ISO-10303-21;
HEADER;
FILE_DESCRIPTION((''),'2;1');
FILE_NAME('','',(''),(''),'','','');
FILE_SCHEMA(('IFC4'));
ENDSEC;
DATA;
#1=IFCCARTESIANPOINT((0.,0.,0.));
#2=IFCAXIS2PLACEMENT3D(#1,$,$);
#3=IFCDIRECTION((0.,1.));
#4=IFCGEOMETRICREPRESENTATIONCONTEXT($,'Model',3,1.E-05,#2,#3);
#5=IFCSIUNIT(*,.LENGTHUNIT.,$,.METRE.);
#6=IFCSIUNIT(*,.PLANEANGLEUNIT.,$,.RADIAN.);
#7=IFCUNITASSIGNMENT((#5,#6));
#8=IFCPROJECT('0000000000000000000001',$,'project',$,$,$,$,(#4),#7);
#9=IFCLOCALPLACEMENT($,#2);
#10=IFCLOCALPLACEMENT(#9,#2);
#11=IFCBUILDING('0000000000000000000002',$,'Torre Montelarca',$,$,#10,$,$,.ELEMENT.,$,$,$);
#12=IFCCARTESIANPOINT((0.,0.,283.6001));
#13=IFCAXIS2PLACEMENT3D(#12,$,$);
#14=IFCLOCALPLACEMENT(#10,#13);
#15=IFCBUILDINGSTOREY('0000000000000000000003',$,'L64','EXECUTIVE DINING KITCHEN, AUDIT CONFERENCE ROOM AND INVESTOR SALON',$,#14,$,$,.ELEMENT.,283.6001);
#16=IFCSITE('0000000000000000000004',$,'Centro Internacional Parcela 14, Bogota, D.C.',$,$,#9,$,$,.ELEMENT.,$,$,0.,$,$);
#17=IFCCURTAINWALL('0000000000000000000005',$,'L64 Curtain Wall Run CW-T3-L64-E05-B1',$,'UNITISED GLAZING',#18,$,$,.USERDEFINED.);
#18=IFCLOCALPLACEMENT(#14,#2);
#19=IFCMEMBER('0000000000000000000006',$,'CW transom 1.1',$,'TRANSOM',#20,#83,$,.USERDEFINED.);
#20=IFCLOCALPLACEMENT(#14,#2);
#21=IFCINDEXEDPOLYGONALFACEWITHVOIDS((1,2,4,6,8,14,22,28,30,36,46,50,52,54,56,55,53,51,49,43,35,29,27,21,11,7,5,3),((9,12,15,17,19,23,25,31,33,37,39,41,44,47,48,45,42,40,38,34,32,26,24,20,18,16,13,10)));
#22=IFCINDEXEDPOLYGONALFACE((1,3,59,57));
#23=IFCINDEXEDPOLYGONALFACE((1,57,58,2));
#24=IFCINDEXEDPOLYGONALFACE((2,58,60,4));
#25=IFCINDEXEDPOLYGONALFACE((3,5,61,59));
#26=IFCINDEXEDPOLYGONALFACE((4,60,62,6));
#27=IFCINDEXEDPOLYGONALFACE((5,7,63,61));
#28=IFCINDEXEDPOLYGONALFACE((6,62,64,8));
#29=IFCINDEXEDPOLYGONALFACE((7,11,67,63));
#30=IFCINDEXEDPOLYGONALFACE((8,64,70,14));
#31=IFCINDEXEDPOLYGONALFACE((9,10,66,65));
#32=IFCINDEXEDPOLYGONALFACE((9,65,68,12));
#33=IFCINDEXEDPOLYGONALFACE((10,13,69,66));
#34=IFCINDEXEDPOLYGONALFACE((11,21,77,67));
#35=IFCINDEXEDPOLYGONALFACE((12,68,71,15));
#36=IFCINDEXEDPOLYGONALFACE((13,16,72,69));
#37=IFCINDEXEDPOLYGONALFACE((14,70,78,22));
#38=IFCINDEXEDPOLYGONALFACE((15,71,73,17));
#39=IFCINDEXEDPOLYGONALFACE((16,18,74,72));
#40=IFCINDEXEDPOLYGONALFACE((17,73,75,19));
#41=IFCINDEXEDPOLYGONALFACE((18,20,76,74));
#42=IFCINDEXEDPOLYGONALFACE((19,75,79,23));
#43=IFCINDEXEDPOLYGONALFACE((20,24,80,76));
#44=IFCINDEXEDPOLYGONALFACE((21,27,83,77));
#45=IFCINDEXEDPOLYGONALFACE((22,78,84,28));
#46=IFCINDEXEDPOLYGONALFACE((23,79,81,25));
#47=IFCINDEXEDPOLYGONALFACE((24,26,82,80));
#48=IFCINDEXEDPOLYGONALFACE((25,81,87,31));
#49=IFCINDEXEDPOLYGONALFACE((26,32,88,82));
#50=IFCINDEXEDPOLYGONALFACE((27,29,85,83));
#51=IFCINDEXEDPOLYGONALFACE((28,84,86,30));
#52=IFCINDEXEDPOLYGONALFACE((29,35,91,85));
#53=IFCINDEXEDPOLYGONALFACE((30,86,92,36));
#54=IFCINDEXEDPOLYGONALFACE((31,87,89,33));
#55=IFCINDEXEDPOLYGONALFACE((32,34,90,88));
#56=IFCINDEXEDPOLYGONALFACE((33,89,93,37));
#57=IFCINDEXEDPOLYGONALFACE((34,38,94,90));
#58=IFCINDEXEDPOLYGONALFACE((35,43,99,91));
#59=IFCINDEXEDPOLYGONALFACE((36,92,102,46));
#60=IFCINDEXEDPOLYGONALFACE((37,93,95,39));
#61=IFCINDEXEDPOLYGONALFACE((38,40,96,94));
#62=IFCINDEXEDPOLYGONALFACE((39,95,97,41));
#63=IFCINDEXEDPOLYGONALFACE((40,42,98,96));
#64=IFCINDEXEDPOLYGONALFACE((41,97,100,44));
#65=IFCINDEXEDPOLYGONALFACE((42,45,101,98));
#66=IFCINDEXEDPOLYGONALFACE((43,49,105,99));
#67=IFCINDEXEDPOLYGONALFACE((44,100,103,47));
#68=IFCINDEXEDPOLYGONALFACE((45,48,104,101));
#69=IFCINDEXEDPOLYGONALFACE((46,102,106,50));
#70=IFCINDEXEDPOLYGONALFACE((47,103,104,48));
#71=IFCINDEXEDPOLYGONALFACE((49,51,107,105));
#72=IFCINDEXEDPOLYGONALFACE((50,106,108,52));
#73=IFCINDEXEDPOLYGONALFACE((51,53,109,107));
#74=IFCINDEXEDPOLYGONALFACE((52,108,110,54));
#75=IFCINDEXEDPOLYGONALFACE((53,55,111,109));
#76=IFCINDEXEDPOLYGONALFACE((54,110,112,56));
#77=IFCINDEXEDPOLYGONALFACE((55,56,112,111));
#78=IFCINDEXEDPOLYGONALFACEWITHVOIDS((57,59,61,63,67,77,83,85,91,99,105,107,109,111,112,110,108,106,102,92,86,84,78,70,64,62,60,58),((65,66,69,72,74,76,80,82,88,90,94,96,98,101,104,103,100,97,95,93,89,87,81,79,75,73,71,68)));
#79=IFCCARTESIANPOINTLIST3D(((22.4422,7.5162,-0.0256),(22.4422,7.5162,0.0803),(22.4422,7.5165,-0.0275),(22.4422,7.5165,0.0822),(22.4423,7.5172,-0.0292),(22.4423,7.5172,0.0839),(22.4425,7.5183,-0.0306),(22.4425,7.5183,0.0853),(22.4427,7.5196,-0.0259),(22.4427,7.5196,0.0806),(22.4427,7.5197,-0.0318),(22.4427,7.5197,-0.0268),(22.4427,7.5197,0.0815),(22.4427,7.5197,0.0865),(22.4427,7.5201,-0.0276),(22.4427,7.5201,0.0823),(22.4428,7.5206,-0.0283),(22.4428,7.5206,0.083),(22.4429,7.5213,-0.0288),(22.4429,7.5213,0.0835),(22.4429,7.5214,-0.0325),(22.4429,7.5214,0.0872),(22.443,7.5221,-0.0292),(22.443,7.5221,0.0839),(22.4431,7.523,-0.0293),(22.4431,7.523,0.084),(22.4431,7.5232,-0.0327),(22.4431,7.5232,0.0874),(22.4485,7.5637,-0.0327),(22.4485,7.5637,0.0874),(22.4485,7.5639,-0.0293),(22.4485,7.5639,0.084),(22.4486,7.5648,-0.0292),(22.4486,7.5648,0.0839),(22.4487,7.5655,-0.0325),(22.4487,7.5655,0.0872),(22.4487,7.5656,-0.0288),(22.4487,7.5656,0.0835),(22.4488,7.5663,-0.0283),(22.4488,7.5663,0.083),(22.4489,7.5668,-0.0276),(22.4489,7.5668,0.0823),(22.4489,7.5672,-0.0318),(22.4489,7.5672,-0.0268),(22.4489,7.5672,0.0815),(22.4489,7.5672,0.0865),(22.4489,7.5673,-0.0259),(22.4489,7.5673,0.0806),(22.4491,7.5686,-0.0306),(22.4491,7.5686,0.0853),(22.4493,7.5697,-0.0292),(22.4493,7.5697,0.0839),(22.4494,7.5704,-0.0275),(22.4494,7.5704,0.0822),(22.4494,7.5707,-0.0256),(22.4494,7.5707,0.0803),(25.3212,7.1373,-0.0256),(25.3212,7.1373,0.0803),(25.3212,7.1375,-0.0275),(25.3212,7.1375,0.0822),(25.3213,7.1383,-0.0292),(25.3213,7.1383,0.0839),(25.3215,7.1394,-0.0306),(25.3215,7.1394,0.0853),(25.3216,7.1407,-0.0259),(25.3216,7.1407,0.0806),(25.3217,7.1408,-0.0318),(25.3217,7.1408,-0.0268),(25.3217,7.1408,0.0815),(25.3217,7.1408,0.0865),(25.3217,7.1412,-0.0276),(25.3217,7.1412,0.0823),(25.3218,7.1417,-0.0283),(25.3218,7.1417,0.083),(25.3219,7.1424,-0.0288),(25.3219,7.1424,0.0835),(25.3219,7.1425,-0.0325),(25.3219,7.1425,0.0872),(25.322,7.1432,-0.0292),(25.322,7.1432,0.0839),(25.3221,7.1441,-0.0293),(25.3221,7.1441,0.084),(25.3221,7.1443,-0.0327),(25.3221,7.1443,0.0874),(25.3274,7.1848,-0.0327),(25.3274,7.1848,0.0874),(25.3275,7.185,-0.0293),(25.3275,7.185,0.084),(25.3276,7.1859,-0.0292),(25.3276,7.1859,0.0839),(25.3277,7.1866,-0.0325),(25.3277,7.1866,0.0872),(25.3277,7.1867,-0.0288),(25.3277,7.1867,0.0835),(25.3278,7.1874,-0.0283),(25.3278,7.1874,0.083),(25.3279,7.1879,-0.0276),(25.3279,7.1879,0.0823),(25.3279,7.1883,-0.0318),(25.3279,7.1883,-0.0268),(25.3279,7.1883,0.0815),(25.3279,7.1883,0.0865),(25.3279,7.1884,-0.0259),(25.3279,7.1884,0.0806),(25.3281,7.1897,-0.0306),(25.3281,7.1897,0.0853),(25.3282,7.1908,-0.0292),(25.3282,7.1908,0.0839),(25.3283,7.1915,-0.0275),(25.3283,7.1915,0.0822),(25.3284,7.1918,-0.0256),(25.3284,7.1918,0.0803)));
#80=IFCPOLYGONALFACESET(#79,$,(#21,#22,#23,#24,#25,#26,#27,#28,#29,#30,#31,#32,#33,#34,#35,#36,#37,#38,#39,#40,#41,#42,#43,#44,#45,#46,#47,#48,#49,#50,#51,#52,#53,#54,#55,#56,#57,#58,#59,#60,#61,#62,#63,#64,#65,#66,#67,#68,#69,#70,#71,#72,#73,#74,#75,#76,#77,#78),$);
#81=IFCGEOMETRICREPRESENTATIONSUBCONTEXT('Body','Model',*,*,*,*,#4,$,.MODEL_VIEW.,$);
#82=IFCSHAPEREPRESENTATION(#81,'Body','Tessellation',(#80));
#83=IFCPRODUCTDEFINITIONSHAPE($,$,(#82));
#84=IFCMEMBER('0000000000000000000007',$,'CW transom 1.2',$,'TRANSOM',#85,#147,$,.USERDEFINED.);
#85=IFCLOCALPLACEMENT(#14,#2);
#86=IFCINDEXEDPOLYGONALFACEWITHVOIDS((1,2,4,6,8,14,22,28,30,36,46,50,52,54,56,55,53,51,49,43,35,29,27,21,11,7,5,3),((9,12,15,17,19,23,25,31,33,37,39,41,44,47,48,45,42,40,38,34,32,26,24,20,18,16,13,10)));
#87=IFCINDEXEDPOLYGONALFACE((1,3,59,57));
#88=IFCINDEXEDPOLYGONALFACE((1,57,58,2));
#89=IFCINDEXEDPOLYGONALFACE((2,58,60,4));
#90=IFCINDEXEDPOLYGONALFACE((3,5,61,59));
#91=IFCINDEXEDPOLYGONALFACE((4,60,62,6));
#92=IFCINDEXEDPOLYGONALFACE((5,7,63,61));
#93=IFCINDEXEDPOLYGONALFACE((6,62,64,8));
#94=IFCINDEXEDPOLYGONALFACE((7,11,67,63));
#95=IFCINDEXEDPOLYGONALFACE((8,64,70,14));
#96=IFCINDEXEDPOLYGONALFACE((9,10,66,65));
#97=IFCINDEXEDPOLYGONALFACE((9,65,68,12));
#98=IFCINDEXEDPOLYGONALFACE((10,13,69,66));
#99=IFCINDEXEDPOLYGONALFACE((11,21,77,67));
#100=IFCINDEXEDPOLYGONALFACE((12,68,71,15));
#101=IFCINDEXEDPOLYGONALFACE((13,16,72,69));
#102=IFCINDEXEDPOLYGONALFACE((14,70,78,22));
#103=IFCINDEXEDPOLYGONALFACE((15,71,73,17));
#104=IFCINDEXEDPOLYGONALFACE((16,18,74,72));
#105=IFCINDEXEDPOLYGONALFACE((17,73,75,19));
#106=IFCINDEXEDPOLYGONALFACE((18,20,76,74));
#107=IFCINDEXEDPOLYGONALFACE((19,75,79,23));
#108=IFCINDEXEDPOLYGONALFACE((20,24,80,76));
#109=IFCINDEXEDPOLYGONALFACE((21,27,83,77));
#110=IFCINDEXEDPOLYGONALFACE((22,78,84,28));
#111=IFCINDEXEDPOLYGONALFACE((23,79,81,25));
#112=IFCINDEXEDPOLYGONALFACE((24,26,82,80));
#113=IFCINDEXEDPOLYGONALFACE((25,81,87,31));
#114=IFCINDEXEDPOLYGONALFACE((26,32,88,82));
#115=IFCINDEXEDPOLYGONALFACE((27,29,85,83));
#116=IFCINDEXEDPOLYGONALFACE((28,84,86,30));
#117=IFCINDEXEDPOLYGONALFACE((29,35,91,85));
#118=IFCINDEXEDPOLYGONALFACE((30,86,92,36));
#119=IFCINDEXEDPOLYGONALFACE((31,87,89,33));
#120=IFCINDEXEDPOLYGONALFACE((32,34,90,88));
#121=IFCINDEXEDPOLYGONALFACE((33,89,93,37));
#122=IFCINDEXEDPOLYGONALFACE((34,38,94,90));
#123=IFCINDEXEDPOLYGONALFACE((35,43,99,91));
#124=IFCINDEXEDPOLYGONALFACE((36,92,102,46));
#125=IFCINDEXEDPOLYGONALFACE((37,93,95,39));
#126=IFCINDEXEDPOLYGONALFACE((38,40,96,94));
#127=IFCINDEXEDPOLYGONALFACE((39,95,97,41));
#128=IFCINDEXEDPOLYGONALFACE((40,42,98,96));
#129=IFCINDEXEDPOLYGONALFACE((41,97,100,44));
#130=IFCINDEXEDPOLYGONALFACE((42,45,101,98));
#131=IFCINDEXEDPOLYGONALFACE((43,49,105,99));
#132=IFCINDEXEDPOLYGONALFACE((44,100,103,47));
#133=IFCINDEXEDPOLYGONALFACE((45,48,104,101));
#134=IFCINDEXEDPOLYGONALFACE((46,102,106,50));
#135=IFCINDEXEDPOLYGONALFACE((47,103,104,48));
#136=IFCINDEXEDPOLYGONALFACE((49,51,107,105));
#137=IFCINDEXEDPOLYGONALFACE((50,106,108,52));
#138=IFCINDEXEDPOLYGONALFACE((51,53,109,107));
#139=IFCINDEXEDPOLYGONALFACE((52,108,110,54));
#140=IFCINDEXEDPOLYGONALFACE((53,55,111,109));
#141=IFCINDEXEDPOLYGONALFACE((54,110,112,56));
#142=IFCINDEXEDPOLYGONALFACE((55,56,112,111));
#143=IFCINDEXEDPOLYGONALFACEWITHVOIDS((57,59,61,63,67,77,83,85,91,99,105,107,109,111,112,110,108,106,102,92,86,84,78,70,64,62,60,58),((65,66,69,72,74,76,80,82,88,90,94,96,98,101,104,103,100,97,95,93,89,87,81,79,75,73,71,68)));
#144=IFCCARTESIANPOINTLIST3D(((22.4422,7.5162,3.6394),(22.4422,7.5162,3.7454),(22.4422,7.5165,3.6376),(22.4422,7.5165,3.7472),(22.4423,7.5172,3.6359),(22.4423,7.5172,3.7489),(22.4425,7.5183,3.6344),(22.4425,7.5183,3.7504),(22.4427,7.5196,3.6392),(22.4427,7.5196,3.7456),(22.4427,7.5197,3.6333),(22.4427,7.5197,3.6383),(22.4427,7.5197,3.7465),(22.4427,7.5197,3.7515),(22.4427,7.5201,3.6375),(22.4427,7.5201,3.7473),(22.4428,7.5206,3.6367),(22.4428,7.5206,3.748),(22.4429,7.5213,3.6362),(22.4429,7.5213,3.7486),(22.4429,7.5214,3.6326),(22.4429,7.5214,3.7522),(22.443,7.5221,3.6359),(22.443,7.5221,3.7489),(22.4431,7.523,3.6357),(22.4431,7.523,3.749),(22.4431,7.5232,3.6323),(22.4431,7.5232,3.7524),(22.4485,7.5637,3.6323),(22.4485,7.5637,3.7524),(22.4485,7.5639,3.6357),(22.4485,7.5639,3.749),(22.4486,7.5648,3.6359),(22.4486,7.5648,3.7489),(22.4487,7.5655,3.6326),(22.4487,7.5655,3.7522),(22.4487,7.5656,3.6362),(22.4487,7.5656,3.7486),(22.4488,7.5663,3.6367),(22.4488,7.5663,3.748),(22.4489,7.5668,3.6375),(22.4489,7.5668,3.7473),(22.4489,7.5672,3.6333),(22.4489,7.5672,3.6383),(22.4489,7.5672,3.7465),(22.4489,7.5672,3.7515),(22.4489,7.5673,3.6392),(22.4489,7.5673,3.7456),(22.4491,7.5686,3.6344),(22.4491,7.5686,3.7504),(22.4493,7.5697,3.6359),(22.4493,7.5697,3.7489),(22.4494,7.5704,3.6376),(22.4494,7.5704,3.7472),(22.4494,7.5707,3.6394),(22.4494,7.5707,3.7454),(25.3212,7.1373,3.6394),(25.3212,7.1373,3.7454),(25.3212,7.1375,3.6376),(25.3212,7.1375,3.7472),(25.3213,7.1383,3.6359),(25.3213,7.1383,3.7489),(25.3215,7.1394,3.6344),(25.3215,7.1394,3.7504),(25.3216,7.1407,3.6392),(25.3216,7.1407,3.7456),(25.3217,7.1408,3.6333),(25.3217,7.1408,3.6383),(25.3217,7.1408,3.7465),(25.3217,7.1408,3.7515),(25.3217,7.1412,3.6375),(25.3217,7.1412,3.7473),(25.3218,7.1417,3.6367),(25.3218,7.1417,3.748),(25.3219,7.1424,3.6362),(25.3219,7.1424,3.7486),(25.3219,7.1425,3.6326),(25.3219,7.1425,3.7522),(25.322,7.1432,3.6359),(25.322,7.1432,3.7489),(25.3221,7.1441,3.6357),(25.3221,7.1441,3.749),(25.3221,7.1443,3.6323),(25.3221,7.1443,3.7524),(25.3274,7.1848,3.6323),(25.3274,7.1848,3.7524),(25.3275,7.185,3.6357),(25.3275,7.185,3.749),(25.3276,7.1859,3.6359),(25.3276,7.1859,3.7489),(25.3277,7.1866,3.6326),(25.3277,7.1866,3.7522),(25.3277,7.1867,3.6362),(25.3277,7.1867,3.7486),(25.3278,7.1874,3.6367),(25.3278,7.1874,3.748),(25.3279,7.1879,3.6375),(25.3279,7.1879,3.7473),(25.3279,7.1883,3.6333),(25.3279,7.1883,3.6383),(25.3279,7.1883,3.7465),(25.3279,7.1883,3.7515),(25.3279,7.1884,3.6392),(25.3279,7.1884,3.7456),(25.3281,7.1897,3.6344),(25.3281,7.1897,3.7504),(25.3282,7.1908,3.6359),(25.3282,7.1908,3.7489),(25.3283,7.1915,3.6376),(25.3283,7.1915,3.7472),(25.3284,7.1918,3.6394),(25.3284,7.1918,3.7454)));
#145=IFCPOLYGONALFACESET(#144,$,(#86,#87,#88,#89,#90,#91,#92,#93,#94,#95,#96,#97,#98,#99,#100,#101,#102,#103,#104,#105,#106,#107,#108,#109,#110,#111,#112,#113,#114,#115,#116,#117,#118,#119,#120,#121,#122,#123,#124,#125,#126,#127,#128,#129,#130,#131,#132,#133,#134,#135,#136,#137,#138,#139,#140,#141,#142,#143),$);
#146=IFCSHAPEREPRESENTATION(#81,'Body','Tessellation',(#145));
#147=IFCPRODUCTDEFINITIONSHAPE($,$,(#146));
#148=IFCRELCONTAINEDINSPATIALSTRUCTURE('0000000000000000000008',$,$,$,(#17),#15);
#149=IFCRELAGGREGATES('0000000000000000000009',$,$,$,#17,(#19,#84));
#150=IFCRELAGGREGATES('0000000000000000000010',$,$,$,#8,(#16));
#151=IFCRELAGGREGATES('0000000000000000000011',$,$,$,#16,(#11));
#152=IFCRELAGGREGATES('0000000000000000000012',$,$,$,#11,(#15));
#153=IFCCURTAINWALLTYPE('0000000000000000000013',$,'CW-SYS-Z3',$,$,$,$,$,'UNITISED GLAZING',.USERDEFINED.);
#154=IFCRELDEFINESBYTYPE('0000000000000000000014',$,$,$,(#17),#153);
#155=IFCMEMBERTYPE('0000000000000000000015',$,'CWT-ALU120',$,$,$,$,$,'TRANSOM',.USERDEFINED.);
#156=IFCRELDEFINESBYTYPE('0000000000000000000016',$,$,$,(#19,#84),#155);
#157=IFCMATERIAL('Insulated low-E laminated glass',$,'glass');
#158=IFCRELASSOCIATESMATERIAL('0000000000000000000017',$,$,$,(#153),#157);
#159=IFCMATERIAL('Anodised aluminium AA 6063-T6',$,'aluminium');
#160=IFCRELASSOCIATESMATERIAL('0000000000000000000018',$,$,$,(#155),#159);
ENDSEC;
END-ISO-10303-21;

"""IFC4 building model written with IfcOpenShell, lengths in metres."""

from ifc_helpers import new_model, si_unit, direction, frame, origin, origin_2d, place, context, subcontext, project, spatial, hollow_rectangle, extrude, source, transform, mapped, material, material_profile, profile_set, type_object, element, aggregate, save


model = new_model("IFC4")

# Units and contexts
model_context = context("Model", 3, precision=1e-05, world=origin(), true_north=direction((0.0, 1.0)))
body_context = subcontext(model_context, "Body", "Model", "MODEL_VIEW")
ifc_project = project(units=[si_unit("LENGTHUNIT", "METRE"), si_unit("PLANEANGLEUNIT", "RADIAN")], contexts=[model_context])

# Site, building, storey
site_placement = place(None, origin())
site = spatial("IfcSite", under=ifc_project, at=site_placement, Name="Centro Internacional Parcela 14, Bogota, D.C.", CompositionType="ELEMENT", RefElevation=0.0)
building_placement = place(site_placement, origin())
building = spatial("IfcBuilding", under=site, at=building_placement, Name="Torre Montelarca", CompositionType="ELEMENT")
storey_placement = place(building_placement, frame((0.0, 0.0, 283.6001)))
storey = spatial("IfcBuildingStorey", under=building, at=storey_placement, Name="L64", Description="EXECUTIVE DINING KITCHEN, AUDIT CONFERENCE ROOM AND INVESTOR SALON", CompositionType="ELEMENT", Elevation=283.6001)

# Shared definitions
ifc_material_1 = material(Name="Insulated low-E laminated glass", Category="glass")
curtain_wall_type = type_object("IfcCurtainWallType", Name="CW-SYS-Z3", ElementType="UNITISED GLAZING", PredefinedType="USERDEFINED", material=ifc_material_1)
ifc_material_2 = material(Name="Anodised aluminium AA 6063-T6", Category="aluminium")

# Curtain wall
curtain_wall_1_placement = place(storey_placement, origin())
curtain_wall_1 = element("IfcCurtainWall", 1, at=curtain_wall_1_placement, inside=storey, type_object=curtain_wall_type, Name="L64 Curtain Wall Run CW-T3-L64-E05-B1", ObjectType="UNITISED GLAZING", PredefinedType="USERDEFINED")

# Members
ifc_material_profile_1 = material_profile(ifc_material_2, hollow_rectangle(XDim=0.0549, YDim=0.1201, WallThickness=0.0034, InnerFilletRadius=0.0034, OuterFilletRadius=0.0071, at=origin_2d()), Name="ALU55X120X3.5", Category="aluminium")
ifc_profile_set_1 = profile_set([ifc_material_profile_1], Name="Anodised aluminium AA 6063-T6")
member_type_1 = type_object("IfcMemberType", Name="CWT-ALU120", ElementType="TRANSOM", PredefinedType="USERDEFINED", material=ifc_profile_set_1)
shared_shape_1 = source(origin(), body_context, "Body", "SweptSolid", [
    extrude(hollow_rectangle(XDim=0.0549, YDim=0.1201, WallThickness=0.0034, InnerFilletRadius=0.0034, OuterFilletRadius=0.0071, at=origin_2d()), origin(), (0.0, 0.0, 1.0), 2.9038),
])
member_1_placement = place(storey_placement, frame((22.4458, 7.5435, 0.0273), z_axis=(0.99145, -0.130489, 0.0), x_axis=(0.130489, 0.99145, 0.0)))
member_1 = element("IfcMember", 2, at=member_1_placement, type_object=member_type_1, Name="CW transom 1.1", ObjectType="TRANSOM", PredefinedType="USERDEFINED", context=body_context, shape_type="MappedRepresentation", body=[
    mapped(shared_shape_1, transform((0.0, 0.0, 0.0), scale=1.0)),
])
member_2_placement = place(storey_placement, frame((22.4458, 7.5435, 3.6924), z_axis=(0.99145, -0.130489, 0.0), x_axis=(0.130489, 0.99145, 0.0)))
member_2 = element("IfcMember", 3, at=member_2_placement, type_object=member_type_1, Name="CW transom 1.2", ObjectType="TRANSOM", PredefinedType="USERDEFINED", context=body_context, shape_type="MappedRepresentation", body=[
    mapped(shared_shape_1, transform((0.0, 0.0, 0.0), scale=1.0)),
])

aggregate(curtain_wall_1, [member_1, member_2])

save(model, "model.ifc")
